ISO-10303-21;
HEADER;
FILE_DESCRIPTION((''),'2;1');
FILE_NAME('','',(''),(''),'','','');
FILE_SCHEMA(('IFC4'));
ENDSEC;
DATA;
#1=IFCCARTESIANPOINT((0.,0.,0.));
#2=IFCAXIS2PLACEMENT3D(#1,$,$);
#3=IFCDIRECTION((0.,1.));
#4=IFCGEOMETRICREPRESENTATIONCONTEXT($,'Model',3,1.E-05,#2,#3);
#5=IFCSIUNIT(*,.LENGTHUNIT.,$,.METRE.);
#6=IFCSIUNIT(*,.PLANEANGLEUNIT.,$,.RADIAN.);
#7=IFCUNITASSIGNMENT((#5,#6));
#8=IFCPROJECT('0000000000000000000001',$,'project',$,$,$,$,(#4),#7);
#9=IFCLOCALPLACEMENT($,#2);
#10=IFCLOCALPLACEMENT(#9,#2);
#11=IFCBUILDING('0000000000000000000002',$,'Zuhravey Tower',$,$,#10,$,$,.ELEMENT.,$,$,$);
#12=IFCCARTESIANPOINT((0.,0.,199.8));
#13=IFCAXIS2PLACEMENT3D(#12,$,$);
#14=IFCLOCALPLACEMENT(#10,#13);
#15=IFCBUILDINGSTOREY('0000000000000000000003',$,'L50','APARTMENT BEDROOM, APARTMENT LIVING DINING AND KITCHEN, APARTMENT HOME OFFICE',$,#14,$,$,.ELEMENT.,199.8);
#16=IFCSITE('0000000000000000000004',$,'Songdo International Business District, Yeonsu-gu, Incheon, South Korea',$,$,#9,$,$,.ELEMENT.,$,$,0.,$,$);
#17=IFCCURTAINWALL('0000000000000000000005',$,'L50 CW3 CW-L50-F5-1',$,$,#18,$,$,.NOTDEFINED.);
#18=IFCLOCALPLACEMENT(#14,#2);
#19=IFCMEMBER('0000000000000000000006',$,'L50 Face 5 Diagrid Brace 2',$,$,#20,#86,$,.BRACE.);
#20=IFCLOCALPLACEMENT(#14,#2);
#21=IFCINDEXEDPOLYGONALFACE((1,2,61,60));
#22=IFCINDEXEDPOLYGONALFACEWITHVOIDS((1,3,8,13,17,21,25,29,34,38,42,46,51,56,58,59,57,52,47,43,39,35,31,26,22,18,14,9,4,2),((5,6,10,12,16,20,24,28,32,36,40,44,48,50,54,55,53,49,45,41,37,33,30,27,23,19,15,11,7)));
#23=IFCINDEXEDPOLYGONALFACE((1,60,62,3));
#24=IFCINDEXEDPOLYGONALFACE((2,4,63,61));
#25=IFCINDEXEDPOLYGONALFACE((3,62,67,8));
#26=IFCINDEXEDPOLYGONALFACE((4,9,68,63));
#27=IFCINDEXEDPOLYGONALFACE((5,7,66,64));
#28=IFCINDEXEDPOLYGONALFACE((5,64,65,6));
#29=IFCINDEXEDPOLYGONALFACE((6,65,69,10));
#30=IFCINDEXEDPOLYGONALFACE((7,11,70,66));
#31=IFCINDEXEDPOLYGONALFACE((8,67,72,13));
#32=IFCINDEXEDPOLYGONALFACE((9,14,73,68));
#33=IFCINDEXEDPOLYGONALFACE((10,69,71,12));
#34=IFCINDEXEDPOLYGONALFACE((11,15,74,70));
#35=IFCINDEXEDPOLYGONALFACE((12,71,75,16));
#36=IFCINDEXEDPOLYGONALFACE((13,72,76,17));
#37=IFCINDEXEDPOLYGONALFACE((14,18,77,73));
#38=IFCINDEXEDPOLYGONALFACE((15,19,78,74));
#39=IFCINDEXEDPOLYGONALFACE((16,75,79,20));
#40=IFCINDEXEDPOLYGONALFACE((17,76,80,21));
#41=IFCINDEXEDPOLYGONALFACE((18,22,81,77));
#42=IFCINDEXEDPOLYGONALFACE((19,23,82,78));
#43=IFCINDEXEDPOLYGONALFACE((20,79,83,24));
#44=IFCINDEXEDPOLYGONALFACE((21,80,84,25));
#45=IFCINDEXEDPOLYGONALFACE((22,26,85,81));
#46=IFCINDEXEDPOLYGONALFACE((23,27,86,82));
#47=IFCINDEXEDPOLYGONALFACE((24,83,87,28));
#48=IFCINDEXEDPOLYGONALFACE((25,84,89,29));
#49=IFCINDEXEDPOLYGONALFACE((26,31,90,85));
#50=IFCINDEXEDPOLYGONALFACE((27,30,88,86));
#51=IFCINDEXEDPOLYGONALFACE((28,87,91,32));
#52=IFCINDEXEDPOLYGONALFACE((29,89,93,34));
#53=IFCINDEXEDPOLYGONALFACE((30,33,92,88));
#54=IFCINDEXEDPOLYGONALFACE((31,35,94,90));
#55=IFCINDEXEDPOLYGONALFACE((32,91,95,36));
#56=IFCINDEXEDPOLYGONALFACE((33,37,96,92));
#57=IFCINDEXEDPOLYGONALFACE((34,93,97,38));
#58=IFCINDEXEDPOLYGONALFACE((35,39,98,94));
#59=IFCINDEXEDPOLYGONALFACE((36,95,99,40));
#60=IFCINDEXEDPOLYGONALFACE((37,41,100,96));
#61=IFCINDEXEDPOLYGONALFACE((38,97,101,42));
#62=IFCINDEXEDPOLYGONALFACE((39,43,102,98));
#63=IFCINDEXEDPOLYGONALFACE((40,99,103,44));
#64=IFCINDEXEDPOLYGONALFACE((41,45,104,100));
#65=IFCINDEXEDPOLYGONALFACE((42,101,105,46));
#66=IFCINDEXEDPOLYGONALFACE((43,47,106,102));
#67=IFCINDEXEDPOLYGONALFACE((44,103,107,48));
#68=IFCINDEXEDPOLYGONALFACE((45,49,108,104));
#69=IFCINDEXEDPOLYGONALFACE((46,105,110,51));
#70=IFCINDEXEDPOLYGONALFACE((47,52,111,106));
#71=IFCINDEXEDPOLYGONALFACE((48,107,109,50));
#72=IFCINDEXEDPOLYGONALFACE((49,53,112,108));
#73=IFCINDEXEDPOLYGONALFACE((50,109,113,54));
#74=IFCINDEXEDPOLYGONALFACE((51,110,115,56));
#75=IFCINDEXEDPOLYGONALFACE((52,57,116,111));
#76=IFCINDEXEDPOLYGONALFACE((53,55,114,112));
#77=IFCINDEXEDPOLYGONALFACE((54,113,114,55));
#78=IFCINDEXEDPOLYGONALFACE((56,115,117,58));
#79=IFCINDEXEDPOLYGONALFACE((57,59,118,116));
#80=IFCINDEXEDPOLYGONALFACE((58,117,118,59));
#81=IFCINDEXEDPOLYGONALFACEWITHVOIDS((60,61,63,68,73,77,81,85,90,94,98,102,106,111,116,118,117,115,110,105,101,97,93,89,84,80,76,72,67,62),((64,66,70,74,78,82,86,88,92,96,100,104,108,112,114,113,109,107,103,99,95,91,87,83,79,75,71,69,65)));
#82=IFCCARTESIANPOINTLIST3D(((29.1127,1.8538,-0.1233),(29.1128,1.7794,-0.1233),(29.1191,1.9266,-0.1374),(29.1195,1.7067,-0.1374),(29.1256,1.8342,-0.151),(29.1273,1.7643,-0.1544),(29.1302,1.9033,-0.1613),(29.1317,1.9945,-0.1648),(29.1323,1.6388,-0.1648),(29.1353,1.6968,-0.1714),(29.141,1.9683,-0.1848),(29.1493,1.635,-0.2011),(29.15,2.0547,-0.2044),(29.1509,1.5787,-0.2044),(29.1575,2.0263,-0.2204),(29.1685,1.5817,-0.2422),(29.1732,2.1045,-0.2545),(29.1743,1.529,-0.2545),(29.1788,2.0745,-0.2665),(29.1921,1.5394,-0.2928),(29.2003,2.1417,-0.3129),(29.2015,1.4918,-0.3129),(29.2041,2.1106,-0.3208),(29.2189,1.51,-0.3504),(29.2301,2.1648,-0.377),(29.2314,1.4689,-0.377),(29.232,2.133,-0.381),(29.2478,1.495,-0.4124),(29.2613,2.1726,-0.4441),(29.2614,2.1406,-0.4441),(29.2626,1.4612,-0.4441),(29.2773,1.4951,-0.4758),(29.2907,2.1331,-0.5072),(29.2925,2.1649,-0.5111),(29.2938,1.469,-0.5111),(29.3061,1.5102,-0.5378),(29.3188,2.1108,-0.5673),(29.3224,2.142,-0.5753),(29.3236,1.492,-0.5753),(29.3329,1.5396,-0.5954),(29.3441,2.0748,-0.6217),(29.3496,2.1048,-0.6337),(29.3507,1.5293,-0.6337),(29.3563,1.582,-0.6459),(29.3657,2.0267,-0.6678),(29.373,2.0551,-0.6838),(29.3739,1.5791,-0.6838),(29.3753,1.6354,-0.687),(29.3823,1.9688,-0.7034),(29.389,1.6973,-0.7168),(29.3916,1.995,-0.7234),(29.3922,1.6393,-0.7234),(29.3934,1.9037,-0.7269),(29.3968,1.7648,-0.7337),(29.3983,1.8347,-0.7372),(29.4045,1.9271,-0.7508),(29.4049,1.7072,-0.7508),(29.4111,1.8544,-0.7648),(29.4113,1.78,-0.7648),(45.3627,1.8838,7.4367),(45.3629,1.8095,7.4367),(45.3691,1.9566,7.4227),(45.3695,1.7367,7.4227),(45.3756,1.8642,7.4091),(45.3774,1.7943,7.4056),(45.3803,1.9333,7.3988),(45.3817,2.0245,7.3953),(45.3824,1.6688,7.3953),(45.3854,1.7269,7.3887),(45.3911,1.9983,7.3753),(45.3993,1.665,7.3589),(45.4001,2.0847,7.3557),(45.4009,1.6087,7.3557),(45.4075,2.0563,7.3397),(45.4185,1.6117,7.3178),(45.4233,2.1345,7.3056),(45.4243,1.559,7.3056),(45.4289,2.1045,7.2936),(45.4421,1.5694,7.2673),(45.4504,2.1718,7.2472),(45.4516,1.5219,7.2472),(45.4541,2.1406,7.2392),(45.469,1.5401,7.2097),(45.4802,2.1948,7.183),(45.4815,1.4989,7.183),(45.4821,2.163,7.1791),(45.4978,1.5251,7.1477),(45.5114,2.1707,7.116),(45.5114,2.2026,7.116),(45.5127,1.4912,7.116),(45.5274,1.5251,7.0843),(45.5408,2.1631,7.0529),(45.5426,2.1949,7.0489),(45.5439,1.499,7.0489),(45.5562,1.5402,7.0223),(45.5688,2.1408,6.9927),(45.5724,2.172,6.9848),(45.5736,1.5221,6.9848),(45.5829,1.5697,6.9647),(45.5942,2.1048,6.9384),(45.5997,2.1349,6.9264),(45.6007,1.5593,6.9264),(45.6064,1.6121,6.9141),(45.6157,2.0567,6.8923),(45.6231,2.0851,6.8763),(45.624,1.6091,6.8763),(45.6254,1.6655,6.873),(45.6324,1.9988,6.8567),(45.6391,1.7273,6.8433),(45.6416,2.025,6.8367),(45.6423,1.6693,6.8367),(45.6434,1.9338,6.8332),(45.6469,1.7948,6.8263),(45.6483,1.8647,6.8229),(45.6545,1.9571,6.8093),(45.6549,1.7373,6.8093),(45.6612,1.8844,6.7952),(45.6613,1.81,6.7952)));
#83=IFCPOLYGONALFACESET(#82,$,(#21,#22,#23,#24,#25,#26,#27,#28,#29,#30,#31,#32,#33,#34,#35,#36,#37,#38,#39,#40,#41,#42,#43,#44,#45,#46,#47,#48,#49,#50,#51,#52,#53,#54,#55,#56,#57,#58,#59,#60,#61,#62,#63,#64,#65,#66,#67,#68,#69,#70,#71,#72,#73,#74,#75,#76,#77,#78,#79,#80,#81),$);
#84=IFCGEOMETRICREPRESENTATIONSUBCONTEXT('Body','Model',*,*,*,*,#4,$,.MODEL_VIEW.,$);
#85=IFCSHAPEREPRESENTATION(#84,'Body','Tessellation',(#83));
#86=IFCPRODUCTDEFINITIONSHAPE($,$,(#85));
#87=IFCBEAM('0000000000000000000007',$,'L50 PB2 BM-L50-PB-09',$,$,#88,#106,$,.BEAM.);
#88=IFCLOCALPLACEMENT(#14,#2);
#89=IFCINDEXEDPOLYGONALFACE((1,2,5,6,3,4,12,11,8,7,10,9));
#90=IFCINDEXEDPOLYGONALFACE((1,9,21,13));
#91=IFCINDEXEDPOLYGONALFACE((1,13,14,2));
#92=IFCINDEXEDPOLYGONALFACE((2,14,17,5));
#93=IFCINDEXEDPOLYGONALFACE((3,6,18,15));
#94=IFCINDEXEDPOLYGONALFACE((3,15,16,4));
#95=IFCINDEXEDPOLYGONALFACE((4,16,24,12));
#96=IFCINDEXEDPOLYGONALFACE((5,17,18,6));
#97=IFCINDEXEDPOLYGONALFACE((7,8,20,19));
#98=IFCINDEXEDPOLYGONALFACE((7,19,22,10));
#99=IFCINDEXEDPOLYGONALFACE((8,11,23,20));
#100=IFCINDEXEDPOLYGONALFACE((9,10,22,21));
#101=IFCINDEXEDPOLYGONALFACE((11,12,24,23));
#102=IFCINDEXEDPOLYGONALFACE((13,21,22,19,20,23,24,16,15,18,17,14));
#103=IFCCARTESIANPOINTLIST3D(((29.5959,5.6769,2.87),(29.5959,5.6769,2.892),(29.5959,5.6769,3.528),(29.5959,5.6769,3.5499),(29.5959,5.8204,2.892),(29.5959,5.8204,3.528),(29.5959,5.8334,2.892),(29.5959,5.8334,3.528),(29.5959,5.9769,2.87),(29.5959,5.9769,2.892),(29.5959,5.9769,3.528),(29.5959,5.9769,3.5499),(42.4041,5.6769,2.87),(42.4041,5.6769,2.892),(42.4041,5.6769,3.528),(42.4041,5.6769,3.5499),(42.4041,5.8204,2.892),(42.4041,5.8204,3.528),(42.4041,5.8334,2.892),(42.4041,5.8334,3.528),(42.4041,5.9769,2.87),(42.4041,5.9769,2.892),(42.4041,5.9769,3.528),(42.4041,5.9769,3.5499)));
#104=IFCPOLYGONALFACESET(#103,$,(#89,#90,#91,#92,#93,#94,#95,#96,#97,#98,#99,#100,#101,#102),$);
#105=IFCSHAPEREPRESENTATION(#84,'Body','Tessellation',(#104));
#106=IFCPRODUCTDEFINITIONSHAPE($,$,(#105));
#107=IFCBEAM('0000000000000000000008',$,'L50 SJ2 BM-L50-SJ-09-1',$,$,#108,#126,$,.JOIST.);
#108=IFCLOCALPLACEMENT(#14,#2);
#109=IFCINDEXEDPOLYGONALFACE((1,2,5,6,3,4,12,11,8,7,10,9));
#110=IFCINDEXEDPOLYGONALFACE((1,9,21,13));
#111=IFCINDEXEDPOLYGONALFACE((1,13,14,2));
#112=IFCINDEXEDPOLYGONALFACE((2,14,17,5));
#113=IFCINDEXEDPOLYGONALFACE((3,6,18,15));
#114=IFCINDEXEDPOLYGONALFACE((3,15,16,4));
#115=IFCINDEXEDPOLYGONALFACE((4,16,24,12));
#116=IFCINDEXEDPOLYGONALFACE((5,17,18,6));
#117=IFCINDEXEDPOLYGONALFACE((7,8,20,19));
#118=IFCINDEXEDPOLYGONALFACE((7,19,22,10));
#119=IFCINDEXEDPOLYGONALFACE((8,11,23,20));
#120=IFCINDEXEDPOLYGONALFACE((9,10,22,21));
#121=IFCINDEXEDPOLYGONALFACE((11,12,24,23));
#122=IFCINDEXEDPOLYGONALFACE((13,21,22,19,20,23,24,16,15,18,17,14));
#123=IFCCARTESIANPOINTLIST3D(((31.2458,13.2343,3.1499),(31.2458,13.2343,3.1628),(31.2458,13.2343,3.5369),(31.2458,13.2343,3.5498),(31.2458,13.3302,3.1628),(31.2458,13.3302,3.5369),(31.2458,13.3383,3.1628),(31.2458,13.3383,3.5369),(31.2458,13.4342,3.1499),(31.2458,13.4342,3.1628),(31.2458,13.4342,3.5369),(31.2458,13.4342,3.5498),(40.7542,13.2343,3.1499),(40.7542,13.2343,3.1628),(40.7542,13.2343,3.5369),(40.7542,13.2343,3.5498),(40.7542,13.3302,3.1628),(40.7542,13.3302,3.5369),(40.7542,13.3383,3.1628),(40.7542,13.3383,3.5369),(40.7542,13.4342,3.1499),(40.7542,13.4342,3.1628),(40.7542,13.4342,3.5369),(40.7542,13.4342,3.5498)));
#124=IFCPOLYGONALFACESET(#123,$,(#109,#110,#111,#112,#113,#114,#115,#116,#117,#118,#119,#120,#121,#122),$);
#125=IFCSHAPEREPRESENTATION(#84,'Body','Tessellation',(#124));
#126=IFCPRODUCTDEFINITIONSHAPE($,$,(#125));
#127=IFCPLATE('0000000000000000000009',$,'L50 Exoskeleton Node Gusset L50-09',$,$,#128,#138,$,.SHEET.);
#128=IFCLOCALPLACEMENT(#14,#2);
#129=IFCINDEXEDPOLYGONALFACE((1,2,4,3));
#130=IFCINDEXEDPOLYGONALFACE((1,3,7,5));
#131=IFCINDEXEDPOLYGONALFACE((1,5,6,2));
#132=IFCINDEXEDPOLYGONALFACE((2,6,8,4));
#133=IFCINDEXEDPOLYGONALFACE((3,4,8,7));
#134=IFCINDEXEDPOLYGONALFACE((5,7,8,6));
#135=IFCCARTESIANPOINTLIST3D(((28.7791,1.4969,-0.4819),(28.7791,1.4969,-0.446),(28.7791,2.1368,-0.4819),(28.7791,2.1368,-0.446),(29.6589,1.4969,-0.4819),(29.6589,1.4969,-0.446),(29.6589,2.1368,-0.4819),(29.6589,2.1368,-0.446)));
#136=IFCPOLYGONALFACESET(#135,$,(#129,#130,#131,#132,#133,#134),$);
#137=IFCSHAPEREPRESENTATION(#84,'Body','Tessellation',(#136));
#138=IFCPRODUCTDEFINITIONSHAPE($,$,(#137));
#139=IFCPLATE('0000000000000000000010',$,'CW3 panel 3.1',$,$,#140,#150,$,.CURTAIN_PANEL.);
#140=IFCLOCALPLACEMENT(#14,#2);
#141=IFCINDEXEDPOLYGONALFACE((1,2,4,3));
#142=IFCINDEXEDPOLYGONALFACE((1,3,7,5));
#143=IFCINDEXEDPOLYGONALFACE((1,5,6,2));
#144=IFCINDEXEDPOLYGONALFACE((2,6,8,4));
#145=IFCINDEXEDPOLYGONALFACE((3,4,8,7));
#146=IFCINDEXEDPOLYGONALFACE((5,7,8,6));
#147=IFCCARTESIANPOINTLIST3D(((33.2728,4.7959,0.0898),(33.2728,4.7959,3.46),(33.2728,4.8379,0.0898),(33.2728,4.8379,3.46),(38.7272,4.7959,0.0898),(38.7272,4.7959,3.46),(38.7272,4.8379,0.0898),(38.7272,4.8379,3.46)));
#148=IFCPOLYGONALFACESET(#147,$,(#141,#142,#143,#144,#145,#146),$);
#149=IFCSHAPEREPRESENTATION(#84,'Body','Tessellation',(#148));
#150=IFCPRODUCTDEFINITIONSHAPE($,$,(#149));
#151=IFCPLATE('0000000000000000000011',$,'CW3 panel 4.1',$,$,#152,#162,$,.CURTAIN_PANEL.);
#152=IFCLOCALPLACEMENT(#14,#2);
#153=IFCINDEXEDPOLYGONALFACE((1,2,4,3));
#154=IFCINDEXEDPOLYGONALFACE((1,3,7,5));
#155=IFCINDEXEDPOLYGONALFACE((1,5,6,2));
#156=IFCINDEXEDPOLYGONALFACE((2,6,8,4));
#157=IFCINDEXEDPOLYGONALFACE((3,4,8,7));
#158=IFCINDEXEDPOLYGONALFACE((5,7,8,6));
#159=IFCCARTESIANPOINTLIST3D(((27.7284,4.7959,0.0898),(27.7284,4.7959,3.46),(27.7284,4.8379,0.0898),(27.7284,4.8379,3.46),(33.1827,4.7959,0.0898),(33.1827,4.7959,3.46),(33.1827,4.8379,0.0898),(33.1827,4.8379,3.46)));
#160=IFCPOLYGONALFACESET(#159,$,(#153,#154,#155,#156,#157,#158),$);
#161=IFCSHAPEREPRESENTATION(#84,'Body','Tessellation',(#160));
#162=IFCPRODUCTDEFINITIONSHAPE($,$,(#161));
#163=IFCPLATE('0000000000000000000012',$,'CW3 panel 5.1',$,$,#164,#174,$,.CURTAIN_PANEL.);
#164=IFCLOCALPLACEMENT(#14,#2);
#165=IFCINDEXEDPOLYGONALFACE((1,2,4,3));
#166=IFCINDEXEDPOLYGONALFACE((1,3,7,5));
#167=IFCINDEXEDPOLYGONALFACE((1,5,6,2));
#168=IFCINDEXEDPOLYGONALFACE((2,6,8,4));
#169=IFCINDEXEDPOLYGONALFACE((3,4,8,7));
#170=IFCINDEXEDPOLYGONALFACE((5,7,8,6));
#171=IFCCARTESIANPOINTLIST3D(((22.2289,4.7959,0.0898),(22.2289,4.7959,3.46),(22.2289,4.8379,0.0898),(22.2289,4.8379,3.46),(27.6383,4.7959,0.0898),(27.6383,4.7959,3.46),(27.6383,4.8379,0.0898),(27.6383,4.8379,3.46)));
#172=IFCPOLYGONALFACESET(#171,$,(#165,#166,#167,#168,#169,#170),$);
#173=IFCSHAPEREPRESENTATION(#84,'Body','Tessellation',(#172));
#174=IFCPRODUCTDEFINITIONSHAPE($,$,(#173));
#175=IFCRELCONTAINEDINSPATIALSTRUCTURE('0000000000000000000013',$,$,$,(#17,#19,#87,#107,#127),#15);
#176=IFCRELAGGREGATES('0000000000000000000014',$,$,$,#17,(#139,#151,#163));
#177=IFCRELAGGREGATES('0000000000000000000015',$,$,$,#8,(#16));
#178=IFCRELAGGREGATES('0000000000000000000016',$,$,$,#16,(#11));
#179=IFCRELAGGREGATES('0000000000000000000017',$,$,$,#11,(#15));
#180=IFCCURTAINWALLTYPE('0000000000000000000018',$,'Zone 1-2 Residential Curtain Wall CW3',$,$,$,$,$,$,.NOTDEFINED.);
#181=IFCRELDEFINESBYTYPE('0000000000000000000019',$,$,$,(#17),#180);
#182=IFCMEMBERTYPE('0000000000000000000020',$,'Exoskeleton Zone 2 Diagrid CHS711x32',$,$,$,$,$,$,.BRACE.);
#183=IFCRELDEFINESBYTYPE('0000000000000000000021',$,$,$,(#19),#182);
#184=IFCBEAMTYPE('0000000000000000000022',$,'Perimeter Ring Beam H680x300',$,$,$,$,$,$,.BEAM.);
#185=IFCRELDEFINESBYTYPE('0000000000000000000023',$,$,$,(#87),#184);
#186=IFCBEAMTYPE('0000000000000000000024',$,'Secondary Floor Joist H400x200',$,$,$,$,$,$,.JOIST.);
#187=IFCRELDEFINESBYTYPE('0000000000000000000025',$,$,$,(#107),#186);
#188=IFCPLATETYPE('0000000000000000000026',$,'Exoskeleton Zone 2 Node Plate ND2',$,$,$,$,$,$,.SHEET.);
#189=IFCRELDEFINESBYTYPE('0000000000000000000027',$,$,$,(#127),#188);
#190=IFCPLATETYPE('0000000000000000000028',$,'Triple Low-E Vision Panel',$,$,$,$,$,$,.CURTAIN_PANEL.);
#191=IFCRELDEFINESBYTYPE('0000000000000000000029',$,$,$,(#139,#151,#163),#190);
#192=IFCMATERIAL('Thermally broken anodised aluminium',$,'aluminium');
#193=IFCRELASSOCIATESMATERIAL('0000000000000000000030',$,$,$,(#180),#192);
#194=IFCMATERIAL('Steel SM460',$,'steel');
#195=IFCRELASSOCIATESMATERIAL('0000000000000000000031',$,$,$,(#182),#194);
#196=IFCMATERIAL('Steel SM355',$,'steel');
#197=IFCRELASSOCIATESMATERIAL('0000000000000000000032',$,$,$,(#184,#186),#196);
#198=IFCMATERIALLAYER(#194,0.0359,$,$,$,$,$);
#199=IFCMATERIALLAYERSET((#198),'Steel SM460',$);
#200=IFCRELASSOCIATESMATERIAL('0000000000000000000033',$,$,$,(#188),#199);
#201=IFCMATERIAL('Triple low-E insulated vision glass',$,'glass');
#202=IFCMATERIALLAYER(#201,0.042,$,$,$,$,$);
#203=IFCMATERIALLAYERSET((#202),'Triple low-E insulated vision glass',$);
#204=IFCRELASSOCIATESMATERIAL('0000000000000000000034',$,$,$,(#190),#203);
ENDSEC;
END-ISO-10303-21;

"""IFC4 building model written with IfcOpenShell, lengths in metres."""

from ifc_helpers import new_model, si_unit, direction, frame, origin, origin_2d, place, context, subcontext, project, spatial, rectangle, hollow_circle, i_section, extrude, material, layer, layer_set, material_profile, profile_set, type_object, element, aggregate, save


model = new_model("IFC4")

# Units and contexts
model_context = context("Model", 3, precision=1e-05, world=origin(), true_north=direction((0.0, 1.0)))
body_context = subcontext(model_context, "Body", "Model", "MODEL_VIEW")
ifc_project = project(units=[si_unit("LENGTHUNIT", "METRE"), si_unit("PLANEANGLEUNIT", "RADIAN")], contexts=[model_context])

# Site, building, storey
site_placement = place(None, origin())
site = spatial("IfcSite", under=ifc_project, at=site_placement, Name="Songdo International Business District, Yeonsu-gu, Incheon, South Korea", CompositionType="ELEMENT", RefElevation=0.0)
building_placement = place(site_placement, origin())
building = spatial("IfcBuilding", under=site, at=building_placement, Name="Zuhravey Tower", CompositionType="ELEMENT")
storey_placement = place(building_placement, frame((0.0, 0.0, 199.8)))
storey = spatial("IfcBuildingStorey", under=building, at=storey_placement, Name="L50", Description="APARTMENT BEDROOM, APARTMENT LIVING DINING AND KITCHEN, APARTMENT HOME OFFICE", CompositionType="ELEMENT", Elevation=199.8)

# Curtain wall
ifc_material_1 = material(Name="Thermally broken anodised aluminium", Category="aluminium")
curtain_wall_type = type_object("IfcCurtainWallType", Name="Zone 1-2 Residential Curtain Wall CW3", PredefinedType="NOTDEFINED", material=ifc_material_1)
curtain_wall_placement = place(storey_placement, origin())
curtain_wall = element("IfcCurtainWall", 1, at=curtain_wall_placement, inside=storey, type_object=curtain_wall_type, Name="L50 CW3 CW-L50-F5-1", PredefinedType="NOTDEFINED")

# Member
ifc_material_2 = material(Name="Steel SM355", Category="steel")
ifc_material_3 = material(Name="Steel SM460", Category="steel")
ifc_material_profile_1 = material_profile(ifc_material_3, hollow_circle(Radius=0.3557, WallThickness=0.032, at=origin_2d()), Name="CHS-711.2x32")
ifc_profile_set_1 = profile_set([ifc_material_profile_1], Name="Steel SM460")
member_type_1 = type_object("IfcMemberType", Name="Exoskeleton Zone 2 Diagrid CHS711x32", PredefinedType="BRACE", material=ifc_profile_set_1)
member_1_placement = place(storey_placement, frame((29.262, 1.8169, -0.4441), z_axis=(0.906679, 0.001676, 0.421818), x_axis=(-0.001848, 0.999998, 0.0)))
element("IfcMember", 2, at=member_1_placement, inside=storey, type_object=member_type_1, Name="L50 Face 5 Diagrid Brace 2", PredefinedType="BRACE", context=body_context, shape_type="SweptSolid", body=[
    extrude(hollow_circle(Radius=0.3557, WallThickness=0.032, at=origin_2d()), origin(), (0.0, 0.0, 1.0), 17.9226),
])

# Beams
ifc_material_profile_2 = material_profile(ifc_material_2, i_section(OverallWidth=0.3, OverallDepth=0.6799, WebThickness=0.0129, FlangeThickness=0.022, at=origin_2d()), Name="H-680x300x13x22")
ifc_profile_set_2 = profile_set([ifc_material_profile_2], Name="Steel SM355")
beam_type_1 = type_object("IfcBeamType", Name="Perimeter Ring Beam H680x300", PredefinedType="BEAM", material=ifc_profile_set_2)
beam_1_placement = place(storey_placement, frame((29.5959, 5.8269, 3.21), z_axis=(1.0, 0.0, 0.0), x_axis=(0.0, 1.0, 0.0)))
element("IfcBeam", 3, at=beam_1_placement, inside=storey, type_object=beam_type_1, Name="L50 PB2 BM-L50-PB-09", PredefinedType="BEAM", context=body_context, shape_type="SweptSolid", body=[
    extrude(i_section(OverallWidth=0.3, OverallDepth=0.6799, WebThickness=0.0129, FlangeThickness=0.022, at=origin_2d()), origin(), (0.0, 0.0, 1.0), 12.8081),
])
ifc_material_profile_3 = material_profile(ifc_material_2, i_section(OverallWidth=0.2, OverallDepth=0.3999, WebThickness=0.0081, FlangeThickness=0.0129, at=origin_2d()), Name="H-400x200x8x13")
ifc_profile_set_3 = profile_set([ifc_material_profile_3], Name="Steel SM355")
beam_type_2 = type_object("IfcBeamType", Name="Secondary Floor Joist H400x200", PredefinedType="JOIST", material=ifc_profile_set_3)
beam_2_placement = place(storey_placement, frame((31.2458, 13.3342, 3.3499), z_axis=(1.0, 0.0, 0.0), x_axis=(0.0, 1.0, 0.0)))
element("IfcBeam", 4, at=beam_2_placement, inside=storey, type_object=beam_type_2, Name="L50 SJ2 BM-L50-SJ-09-1", PredefinedType="JOIST", context=body_context, shape_type="SweptSolid", body=[
    extrude(i_section(OverallWidth=0.2, OverallDepth=0.3999, WebThickness=0.0081, FlangeThickness=0.0129, at=origin_2d()), origin(), (0.0, 0.0, 1.0), 9.5083),
])

# Plates
ifc_layer_1 = layer(ifc_material_3, 0.0359)
ifc_layer_set_1 = layer_set([ifc_layer_1], Name="Steel SM460")
plate_type_1 = type_object("IfcPlateType", Name="Exoskeleton Zone 2 Node Plate ND2", PredefinedType="SHEET", material=ifc_layer_set_1)
plate_1_placement = place(storey_placement, frame((29.219, 1.8169, -0.4819), z_axis=(0.0, 0.0, 1.0), x_axis=(1.0, 0.0, 0.0)))
element("IfcPlate", 5, at=plate_1_placement, inside=storey, type_object=plate_type_1, Name="L50 Exoskeleton Node Gusset L50-09", PredefinedType="SHEET", context=body_context, shape_type="SweptSolid", body=[
    extrude(rectangle(XDim=0.8799, YDim=0.6399, at=origin_2d()), origin(), (0.0, 0.0, 1.0), 0.0359),
])
ifc_material_4 = material(Name="Triple low-E insulated vision glass", Category="glass")
ifc_layer_2 = layer(ifc_material_4, 0.042)
ifc_layer_set_2 = layer_set([ifc_layer_2], Name="Triple low-E insulated vision glass")
plate_type_2 = type_object("IfcPlateType", Name="Triple Low-E Vision Panel", PredefinedType="CURTAIN_PANEL", material=ifc_layer_set_2)
plate_2_placement = place(storey_placement, frame((36.0, 4.8169, 0.0898), z_axis=(0.0, 0.0, 1.0), x_axis=(-1.0, 0.0, 0.0)))
plate_2 = element("IfcPlate", 6, at=plate_2_placement, type_object=plate_type_2, Name="CW3 panel 3.1", PredefinedType="CURTAIN_PANEL", context=body_context, shape_type="SweptSolid", body=[
    extrude(rectangle(XDim=5.4543, YDim=0.042, at=origin_2d()), origin(), (0.0, 0.0, 1.0), 3.3701),
])
plate_3_placement = place(storey_placement, frame((30.4556, 4.8169, 0.0898), z_axis=(0.0, 0.0, 1.0), x_axis=(-1.0, 0.0, 0.0)))
plate_3 = element("IfcPlate", 7, at=plate_3_placement, type_object=plate_type_2, Name="CW3 panel 4.1", PredefinedType="CURTAIN_PANEL", context=body_context, shape_type="SweptSolid", body=[
    extrude(rectangle(XDim=5.4543, YDim=0.042, at=origin_2d()), origin(), (0.0, 0.0, 1.0), 3.3701),
])
plate_4_placement = place(storey_placement, frame((24.9336, 4.8169, 0.0898), z_axis=(0.0, 0.0, 1.0), x_axis=(-1.0, 0.0, 0.0)))
plate_4 = element("IfcPlate", 8, at=plate_4_placement, type_object=plate_type_2, Name="CW3 panel 5.1", PredefinedType="CURTAIN_PANEL", context=body_context, shape_type="SweptSolid", body=[
    extrude(rectangle(XDim=5.4094, YDim=0.042, at=origin_2d()), origin(), (0.0, 0.0, 1.0), 3.3701),
])
aggregate(curtain_wall, [plate_2, plate_3, plate_4])

save(model, "model.ifc")
